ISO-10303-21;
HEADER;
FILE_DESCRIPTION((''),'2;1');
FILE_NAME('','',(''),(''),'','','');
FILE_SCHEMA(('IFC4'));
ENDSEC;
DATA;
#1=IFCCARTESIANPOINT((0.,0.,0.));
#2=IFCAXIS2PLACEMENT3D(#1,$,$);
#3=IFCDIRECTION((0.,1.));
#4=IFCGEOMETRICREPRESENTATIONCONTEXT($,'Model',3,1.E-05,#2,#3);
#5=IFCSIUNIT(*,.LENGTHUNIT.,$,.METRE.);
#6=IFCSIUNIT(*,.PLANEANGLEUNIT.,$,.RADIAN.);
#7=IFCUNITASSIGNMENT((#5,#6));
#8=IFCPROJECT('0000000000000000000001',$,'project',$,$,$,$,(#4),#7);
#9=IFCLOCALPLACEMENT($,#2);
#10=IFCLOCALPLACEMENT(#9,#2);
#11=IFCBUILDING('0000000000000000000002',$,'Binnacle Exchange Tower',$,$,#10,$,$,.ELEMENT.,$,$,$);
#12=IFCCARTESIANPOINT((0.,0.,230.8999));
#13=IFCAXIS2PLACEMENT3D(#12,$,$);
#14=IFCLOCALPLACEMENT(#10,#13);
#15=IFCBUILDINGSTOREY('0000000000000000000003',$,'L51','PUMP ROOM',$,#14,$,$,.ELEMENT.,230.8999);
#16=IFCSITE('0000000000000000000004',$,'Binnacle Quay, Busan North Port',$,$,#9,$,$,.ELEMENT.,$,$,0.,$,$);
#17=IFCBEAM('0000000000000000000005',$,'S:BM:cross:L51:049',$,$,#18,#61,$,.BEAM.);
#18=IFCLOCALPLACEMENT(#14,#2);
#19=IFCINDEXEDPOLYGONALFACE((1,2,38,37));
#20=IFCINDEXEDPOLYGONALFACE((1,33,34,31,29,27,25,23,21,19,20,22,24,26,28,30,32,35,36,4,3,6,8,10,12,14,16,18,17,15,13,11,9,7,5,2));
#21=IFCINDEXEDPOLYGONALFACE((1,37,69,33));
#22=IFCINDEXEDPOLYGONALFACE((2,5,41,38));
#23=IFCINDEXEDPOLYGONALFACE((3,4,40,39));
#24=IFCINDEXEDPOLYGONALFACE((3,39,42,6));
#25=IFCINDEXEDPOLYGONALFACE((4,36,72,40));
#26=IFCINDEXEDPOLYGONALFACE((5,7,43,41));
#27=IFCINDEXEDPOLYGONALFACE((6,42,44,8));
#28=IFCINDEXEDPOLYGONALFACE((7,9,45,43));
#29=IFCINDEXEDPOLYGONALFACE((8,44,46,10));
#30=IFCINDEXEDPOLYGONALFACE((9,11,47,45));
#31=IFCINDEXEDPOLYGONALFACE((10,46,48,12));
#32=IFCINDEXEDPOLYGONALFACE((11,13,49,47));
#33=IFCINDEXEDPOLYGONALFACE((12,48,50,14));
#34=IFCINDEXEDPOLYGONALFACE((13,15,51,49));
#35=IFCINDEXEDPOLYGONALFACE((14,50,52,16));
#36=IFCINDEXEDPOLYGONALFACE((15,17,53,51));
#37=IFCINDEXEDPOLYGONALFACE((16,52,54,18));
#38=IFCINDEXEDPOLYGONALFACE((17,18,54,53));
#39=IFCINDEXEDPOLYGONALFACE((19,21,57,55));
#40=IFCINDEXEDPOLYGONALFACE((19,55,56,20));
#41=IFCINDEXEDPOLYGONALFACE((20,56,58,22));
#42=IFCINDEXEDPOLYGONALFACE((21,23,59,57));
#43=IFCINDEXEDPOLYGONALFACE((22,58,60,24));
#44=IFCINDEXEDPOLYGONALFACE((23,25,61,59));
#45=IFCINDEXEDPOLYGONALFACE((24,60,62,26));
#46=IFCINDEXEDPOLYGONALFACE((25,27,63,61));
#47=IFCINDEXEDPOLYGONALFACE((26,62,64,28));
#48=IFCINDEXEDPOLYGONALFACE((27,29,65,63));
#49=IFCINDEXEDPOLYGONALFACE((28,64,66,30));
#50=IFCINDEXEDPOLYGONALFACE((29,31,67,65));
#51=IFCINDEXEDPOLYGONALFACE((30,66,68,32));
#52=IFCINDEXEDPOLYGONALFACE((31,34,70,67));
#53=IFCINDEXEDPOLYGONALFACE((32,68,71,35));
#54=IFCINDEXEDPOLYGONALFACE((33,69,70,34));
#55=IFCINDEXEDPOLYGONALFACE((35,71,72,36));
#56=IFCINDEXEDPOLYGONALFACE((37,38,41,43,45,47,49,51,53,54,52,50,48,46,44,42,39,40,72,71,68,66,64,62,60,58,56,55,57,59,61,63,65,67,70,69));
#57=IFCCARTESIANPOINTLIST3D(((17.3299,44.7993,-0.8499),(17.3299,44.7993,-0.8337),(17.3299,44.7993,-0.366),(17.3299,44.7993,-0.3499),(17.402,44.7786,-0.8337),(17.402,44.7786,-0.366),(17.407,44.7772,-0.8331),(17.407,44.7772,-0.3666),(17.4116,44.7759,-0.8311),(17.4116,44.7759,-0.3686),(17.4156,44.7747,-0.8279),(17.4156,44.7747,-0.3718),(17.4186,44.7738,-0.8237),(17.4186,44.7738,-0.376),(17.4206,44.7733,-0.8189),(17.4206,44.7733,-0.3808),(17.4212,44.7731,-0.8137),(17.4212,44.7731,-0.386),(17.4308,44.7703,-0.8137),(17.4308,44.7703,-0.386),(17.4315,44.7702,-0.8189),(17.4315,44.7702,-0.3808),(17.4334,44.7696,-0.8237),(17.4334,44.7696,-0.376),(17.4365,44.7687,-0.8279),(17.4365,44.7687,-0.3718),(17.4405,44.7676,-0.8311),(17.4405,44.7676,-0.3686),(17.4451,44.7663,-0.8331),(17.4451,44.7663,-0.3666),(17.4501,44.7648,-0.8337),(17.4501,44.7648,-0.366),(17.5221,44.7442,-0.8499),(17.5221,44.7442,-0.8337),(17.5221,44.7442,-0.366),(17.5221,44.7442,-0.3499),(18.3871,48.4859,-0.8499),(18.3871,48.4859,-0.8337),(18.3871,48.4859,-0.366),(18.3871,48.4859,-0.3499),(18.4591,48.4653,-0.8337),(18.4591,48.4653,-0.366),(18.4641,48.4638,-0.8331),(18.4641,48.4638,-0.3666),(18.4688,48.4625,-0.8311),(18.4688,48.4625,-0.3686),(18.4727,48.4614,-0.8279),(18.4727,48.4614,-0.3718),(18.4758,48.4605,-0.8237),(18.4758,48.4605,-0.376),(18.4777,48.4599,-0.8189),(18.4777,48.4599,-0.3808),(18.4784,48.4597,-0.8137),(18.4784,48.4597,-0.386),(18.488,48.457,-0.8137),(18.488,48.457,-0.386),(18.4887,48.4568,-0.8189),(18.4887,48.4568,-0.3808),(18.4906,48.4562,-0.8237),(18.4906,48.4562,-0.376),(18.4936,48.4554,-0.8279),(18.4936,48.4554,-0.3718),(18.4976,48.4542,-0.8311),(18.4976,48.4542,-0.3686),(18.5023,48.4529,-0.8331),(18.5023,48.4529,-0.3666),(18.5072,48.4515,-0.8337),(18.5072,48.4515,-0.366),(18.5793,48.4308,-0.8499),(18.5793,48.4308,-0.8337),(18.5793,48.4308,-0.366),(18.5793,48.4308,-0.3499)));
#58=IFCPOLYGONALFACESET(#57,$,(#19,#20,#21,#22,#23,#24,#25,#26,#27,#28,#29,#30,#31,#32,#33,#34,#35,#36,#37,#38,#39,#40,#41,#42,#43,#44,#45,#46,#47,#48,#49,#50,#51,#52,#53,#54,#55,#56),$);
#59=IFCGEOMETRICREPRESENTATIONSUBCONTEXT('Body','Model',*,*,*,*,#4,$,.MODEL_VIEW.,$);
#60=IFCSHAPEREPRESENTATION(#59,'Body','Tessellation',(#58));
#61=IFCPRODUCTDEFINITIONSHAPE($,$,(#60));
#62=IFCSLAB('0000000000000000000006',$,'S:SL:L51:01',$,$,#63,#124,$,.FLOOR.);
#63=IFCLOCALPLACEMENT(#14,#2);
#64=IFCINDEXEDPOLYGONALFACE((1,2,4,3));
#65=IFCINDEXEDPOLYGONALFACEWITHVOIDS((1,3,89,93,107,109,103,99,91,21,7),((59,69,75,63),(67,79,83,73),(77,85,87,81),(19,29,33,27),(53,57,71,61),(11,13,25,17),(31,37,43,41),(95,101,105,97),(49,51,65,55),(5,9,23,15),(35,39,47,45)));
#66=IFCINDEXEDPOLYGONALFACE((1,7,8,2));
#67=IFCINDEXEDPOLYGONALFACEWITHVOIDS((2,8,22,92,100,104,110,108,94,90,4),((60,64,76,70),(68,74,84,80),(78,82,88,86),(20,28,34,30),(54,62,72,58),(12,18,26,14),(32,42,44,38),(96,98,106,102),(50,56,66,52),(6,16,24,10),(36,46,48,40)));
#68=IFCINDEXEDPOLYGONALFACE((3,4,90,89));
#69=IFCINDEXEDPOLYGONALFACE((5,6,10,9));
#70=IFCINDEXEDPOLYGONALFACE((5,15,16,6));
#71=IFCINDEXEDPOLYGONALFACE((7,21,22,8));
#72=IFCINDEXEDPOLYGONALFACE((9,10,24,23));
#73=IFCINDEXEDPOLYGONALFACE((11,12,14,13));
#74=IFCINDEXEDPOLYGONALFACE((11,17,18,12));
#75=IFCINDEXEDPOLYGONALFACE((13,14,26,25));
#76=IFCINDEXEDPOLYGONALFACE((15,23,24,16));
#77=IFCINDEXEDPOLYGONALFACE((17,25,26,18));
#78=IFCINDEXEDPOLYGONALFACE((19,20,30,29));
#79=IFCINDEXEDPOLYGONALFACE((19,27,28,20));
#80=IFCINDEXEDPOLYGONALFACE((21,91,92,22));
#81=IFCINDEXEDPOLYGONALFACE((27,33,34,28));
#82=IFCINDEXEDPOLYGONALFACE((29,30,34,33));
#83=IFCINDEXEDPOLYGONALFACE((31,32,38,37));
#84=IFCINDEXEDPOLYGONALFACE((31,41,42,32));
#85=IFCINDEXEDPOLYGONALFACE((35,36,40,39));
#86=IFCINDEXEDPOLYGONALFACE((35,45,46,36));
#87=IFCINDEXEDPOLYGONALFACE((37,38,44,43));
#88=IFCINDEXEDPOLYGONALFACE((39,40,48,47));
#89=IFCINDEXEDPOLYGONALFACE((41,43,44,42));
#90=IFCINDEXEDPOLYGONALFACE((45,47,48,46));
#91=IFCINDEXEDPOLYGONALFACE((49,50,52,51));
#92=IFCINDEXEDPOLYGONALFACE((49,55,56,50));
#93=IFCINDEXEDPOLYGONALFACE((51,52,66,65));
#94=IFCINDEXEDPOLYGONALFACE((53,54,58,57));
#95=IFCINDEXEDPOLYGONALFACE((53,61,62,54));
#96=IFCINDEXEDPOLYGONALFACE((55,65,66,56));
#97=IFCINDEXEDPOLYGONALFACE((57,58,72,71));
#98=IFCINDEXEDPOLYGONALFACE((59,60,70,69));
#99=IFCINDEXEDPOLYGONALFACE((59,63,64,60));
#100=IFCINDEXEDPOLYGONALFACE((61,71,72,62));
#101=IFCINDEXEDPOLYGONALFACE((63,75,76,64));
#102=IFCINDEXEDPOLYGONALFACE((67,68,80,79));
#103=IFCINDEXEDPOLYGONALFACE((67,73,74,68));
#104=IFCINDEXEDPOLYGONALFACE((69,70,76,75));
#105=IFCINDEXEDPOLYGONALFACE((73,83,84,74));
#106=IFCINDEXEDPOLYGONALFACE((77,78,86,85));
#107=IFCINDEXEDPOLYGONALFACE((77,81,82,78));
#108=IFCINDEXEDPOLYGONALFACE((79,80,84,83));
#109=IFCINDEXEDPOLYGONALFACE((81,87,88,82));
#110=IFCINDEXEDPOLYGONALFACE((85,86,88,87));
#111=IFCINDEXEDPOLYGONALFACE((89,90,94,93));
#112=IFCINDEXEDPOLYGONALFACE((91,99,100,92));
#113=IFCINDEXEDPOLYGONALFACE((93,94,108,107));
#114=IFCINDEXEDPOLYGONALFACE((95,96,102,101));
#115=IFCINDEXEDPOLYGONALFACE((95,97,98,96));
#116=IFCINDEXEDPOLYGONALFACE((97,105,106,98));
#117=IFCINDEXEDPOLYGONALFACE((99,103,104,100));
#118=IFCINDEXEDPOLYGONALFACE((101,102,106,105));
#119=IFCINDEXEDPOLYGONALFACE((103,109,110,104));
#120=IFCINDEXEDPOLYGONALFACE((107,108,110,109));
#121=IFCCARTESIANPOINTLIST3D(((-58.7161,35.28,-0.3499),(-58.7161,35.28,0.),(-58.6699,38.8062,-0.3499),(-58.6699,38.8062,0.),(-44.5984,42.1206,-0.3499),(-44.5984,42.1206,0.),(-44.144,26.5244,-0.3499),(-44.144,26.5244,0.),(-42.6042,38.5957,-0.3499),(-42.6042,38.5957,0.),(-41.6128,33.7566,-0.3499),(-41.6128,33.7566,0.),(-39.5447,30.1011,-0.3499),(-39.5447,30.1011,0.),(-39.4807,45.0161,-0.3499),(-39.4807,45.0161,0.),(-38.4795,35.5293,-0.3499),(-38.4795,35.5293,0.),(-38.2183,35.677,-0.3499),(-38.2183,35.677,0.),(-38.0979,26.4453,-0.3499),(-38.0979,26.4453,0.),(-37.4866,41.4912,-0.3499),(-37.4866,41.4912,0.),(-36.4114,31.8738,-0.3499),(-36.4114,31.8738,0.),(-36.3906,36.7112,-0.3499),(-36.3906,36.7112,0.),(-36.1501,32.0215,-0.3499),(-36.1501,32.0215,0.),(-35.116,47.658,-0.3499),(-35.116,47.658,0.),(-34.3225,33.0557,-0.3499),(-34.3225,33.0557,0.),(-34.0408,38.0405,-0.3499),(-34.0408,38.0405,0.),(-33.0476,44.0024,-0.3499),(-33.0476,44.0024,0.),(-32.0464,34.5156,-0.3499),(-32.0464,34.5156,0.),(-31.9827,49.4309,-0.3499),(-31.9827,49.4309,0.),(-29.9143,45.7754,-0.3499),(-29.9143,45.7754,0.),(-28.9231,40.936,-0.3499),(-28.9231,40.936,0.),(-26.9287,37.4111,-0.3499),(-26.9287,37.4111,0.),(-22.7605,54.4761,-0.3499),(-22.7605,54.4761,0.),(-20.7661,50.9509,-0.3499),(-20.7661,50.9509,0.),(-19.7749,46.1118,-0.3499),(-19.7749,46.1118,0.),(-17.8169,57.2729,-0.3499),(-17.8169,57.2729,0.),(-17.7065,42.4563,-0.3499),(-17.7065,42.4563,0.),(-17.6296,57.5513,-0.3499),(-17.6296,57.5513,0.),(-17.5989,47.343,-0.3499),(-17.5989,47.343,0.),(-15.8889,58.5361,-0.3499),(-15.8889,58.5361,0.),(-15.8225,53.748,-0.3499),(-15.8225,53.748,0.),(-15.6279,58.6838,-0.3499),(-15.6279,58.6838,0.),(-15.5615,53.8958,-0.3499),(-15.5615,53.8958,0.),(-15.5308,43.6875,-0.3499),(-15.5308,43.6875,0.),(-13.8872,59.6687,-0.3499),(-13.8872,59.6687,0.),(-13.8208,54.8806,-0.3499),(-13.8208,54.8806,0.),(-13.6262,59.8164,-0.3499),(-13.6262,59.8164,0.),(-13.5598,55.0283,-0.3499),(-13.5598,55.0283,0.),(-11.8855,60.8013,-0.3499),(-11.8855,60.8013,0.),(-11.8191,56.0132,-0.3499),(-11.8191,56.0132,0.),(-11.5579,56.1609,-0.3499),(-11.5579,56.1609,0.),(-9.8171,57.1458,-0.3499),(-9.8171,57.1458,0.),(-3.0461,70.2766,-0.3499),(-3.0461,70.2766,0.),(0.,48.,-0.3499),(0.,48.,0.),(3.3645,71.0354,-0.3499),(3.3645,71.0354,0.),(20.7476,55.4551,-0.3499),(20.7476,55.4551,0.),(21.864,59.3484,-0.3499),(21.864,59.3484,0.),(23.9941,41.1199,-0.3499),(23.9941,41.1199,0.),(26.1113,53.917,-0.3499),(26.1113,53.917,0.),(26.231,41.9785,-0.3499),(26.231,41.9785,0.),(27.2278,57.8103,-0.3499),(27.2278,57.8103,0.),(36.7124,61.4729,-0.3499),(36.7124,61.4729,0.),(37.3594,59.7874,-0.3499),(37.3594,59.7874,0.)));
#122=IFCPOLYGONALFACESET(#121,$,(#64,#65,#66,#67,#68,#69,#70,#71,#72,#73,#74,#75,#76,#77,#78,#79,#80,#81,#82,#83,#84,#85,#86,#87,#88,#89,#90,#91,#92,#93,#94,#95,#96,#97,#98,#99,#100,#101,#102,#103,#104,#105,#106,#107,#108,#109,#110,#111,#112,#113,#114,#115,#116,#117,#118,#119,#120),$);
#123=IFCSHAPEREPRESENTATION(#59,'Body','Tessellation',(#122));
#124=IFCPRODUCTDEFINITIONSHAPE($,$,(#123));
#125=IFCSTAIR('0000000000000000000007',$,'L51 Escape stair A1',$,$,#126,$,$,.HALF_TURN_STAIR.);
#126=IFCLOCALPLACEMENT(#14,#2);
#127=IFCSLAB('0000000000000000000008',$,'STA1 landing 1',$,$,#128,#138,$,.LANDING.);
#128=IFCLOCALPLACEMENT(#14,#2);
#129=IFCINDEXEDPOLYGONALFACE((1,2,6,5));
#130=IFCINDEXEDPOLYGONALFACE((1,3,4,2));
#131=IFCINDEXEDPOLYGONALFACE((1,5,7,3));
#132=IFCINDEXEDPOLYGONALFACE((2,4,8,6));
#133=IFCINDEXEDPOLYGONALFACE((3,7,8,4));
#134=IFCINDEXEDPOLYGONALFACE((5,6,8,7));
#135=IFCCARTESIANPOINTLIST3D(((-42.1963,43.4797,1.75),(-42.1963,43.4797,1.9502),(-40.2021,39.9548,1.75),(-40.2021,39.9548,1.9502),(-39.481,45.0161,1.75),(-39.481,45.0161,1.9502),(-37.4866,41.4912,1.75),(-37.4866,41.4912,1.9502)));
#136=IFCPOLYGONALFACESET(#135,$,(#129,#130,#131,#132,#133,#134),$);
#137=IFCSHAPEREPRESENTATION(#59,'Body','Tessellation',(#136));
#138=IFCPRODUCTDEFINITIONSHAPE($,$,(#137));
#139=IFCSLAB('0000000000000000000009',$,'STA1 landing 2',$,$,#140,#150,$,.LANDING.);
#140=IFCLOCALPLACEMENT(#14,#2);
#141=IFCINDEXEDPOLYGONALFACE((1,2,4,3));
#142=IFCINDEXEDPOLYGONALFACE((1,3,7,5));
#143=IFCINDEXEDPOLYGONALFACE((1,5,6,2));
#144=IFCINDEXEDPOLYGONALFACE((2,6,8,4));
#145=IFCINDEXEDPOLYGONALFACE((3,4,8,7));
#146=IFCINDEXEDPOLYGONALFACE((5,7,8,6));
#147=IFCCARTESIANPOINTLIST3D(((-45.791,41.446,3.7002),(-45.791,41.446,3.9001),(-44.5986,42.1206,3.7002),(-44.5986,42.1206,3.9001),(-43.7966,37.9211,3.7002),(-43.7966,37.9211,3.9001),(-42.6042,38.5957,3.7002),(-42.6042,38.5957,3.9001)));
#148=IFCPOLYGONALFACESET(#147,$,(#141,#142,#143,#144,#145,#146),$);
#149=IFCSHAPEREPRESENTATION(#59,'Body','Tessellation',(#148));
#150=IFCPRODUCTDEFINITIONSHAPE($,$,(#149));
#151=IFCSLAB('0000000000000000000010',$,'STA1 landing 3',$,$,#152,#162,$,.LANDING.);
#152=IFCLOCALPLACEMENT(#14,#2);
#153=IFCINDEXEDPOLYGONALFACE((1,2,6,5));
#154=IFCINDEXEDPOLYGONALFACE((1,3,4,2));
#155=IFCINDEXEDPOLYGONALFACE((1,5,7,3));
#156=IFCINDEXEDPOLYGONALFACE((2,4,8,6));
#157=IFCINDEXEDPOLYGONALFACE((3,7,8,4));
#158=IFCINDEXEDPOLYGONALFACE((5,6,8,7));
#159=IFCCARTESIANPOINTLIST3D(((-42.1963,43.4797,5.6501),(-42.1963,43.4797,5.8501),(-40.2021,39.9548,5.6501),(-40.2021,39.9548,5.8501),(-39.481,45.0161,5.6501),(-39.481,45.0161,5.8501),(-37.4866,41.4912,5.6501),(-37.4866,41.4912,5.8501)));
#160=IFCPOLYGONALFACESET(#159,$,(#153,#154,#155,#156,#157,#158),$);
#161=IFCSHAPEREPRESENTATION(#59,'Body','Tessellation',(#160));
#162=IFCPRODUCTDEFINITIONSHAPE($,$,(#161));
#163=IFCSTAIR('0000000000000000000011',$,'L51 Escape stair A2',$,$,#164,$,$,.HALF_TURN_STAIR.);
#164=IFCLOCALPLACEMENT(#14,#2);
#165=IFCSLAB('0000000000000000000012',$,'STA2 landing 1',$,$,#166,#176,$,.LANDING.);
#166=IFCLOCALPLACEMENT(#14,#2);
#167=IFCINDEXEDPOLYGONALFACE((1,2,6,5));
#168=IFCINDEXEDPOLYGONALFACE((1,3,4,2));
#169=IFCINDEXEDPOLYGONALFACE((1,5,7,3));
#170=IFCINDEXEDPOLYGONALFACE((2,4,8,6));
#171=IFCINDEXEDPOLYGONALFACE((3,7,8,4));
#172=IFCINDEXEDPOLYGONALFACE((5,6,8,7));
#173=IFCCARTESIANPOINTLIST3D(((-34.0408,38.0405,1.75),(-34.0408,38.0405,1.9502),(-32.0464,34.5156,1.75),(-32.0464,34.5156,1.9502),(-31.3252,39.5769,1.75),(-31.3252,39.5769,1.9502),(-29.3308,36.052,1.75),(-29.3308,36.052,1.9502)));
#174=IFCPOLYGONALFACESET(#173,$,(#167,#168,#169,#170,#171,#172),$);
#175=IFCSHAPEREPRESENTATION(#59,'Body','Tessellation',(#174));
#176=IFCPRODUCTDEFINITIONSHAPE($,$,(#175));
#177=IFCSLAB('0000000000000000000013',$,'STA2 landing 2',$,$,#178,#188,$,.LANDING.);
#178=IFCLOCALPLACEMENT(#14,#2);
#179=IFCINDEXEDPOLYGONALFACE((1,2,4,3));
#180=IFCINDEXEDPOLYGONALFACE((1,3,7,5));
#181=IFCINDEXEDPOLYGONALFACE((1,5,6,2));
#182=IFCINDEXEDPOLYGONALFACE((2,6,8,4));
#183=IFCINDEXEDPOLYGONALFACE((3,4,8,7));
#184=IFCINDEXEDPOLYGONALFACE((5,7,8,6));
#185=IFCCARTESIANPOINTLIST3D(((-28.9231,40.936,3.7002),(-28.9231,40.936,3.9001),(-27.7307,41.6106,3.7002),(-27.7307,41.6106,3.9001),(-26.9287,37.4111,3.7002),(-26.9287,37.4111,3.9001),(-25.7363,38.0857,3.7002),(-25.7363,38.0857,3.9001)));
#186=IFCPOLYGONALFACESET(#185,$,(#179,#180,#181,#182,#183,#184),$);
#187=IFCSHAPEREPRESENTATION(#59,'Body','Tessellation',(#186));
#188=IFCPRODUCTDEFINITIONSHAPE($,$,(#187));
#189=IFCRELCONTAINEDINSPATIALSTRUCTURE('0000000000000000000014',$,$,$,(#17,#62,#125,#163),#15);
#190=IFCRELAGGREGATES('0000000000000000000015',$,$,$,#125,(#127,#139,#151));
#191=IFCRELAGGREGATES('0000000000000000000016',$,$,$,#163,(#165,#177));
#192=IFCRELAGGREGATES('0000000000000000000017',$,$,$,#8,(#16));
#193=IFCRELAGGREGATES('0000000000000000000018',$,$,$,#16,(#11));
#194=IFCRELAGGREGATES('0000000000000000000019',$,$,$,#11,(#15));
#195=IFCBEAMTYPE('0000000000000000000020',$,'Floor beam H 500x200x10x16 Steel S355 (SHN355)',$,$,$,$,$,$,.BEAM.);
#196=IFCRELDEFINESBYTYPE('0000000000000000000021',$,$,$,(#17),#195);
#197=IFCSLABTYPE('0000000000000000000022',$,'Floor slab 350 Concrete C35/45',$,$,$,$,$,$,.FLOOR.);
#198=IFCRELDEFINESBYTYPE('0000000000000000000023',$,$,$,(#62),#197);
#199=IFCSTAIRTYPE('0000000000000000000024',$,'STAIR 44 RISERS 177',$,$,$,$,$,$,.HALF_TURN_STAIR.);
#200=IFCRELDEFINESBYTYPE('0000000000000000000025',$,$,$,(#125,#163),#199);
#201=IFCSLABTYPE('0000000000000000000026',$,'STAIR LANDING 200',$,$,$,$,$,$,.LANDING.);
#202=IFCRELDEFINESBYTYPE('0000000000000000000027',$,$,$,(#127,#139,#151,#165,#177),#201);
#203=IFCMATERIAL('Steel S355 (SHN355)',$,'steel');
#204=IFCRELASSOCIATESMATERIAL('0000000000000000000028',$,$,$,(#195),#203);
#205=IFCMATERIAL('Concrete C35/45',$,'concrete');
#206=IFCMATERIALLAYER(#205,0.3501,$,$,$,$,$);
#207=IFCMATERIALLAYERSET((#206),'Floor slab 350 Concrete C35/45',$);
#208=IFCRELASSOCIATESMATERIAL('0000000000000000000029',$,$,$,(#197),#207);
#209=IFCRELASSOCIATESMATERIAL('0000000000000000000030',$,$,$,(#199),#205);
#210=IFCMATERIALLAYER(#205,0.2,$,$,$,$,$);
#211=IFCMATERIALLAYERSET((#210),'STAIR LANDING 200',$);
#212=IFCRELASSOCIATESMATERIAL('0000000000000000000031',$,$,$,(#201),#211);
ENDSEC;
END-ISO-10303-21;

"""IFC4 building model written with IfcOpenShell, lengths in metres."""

from ifc_helpers import new_model, si_unit, direction, frame, origin, origin_2d, place, context, subcontext, project, spatial, polyline, i_section, outline, extrude, material, layer, layer_set, material_profile, profile_set, type_object, element, aggregate, save


model = new_model("IFC4")

# Units and contexts
model_context = context("Model", 3, precision=1e-05, world=origin(), true_north=direction((0.0, 1.0)))
body_context = subcontext(model_context, "Body", "Model", "MODEL_VIEW")
ifc_project = project(units=[si_unit("LENGTHUNIT", "METRE"), si_unit("PLANEANGLEUNIT", "RADIAN")], contexts=[model_context])

# Site, building, storey
site_placement = place(None, origin())
site = spatial("IfcSite", under=ifc_project, at=site_placement, Name="Binnacle Quay, Busan North Port", CompositionType="ELEMENT", RefElevation=0.0)
building_placement = place(site_placement, origin())
building = spatial("IfcBuilding", under=site, at=building_placement, Name="Binnacle Exchange Tower", CompositionType="ELEMENT")
storey_placement = place(building_placement, frame((0.0, 0.0, 230.8999)))
storey = spatial("IfcBuildingStorey", under=building, at=storey_placement, Name="L51", Description="PUMP ROOM", CompositionType="ELEMENT", Elevation=230.8999)

# Beam
ifc_material_1 = material(Name="Steel S355 (SHN355)", Category="steel")
ifc_material_profile_1 = material_profile(ifc_material_1, i_section(OverallWidth=0.2, OverallDepth=0.5, WebThickness=0.01, FlangeThickness=0.0161, FilletRadius=0.02, at=origin_2d()), Name="H 500x200x10x16")
ifc_profile_set_1 = profile_set([ifc_material_profile_1], Name="Steel S355 (SHN355)")
beam_type_1 = type_object("IfcBeamType", Name="Floor beam H 500x200x10x16 Steel S355 (SHN355)", PredefinedType="BEAM", material=ifc_profile_set_1)
beam_1_placement = place(storey_placement, frame((17.426, 44.7717, -0.5999), z_axis=(0.275646, 0.961259, 0.0), x_axis=(-0.961259, 0.275646, 0.0)))
element("IfcBeam", 1, at=beam_1_placement, inside=storey, type_object=beam_type_1, Name="S:BM:cross:L51:049", PredefinedType="BEAM", context=body_context, shape_type="SweptSolid", body=[
    extrude(i_section(OverallWidth=0.2, OverallDepth=0.5, WebThickness=0.01, FlangeThickness=0.0161, FilletRadius=0.02, at=origin_2d()), origin(), (0.0, 0.0, 1.0), 3.8352),
])

# Slab
ifc_material_2 = material(Name="Concrete C35/45", Category="concrete")
ifc_layer_1 = layer(ifc_material_2, 0.3501)
ifc_layer_set_1 = layer_set([ifc_layer_1], Name="Floor slab 350 Concrete C35/45")
slab_type_1 = type_object("IfcSlabType", Name="Floor slab 350 Concrete C35/45", PredefinedType="FLOOR", material=ifc_layer_set_1)
slab_1_placement = place(storey_placement, frame((0.0, 0.0, -0.3499)))
element("IfcSlab", 2, at=slab_1_placement, inside=storey, type_object=slab_type_1, Name="S:SL:L51:01", PredefinedType="FLOOR", context=body_context, shape_type="SweptSolid", body=[
    extrude(outline(polyline([(-58.7161, 35.28), (-58.6699, 38.8062), (-3.0461, 70.2766), (3.3645, 71.0354), (36.7124, 61.4729), (37.3594, 59.7874), (26.231, 41.9785), (23.9941, 41.1199), (0.0, 48.0), (-38.0979, 26.4453), (-44.144, 26.5244), (-58.7161, 35.28)]), holes=[polyline([(-38.4795, 35.5293), (-41.6128, 33.7566), (-39.5447, 30.1011), (-36.4114, 31.8738), (-38.4795, 35.5293)]), polyline([(-36.3906, 36.7112), (-38.2183, 35.677), (-36.1501, 32.0215), (-34.3225, 33.0557), (-36.3906, 36.7112)]), polyline([(-32.0464, 34.5156), (-26.9287, 37.4111), (-28.9231, 40.936), (-34.0408, 38.0405), (-32.0464, 34.5156)]), polyline([(-37.4866, 41.4912), (-39.4807, 45.0161), (-44.5984, 42.1206), (-42.6042, 38.5957), (-37.4866, 41.4912)]), polyline([(-29.9143, 45.7754), (-31.9827, 49.4309), (-35.116, 47.658), (-33.0476, 44.0024), (-29.9143, 45.7754)]), polyline([(-17.8169, 57.2729), (-22.7605, 54.4761), (-20.7661, 50.9509), (-15.8225, 53.748), (-17.8169, 57.2729)]), polyline([(-15.5308, 43.6875), (-17.5989, 47.343), (-19.7749, 46.1118), (-17.7065, 42.4563), (-15.5308, 43.6875)]), polyline([(-13.8208, 54.8806), (-15.8889, 58.5361), (-17.6296, 57.5513), (-15.5615, 53.8958), (-13.8208, 54.8806)]), polyline([(27.2278, 57.8103), (21.864, 59.3484), (20.7476, 55.4551), (26.1113, 53.917), (27.2278, 57.8103)]), polyline([(-11.8191, 56.0132), (-13.8872, 59.6687), (-15.6279, 58.6838), (-13.5598, 55.0283), (-11.8191, 56.0132)]), polyline([(-9.8171, 57.1458), (-11.8855, 60.8013), (-13.6262, 59.8164), (-11.5579, 56.1609), (-9.8171, 57.1458)])]), origin(), (0.0, 0.0, 1.0), 0.3499),
])

# Stairs, slabs
stair_type = type_object("IfcStairType", Name="STAIR 44 RISERS 177", PredefinedType="HALF_TURN_STAIR", material=ifc_material_2)
stair_1_placement = place(storey_placement, origin())
stair_1 = element("IfcStair", 3, at=stair_1_placement, inside=storey, type_object=stair_type, Name="L51 Escape stair A1", PredefinedType="HALF_TURN_STAIR")
ifc_layer_2 = layer(ifc_material_2, 0.2)
ifc_layer_set_2 = layer_set([ifc_layer_2], Name="STAIR LANDING 200")
slab_type_2 = type_object("IfcSlabType", Name="STAIR LANDING 200", PredefinedType="LANDING", material=ifc_layer_set_2)
slab_2_placement = place(storey_placement, frame((0.0, 0.0, 1.75)))
slab_2 = element("IfcSlab", 4, at=slab_2_placement, type_object=slab_type_2, Name="STA1 landing 1", PredefinedType="LANDING", context=body_context, shape_type="SweptSolid", body=[
    extrude(outline(polyline([(-40.2021, 39.9548), (-37.4866, 41.4912), (-39.481, 45.0161), (-42.1963, 43.4797), (-40.2021, 39.9548)])), origin(), (0.0, 0.0, 1.0), 0.2002),
])
slab_3_placement = place(storey_placement, frame((0.0, 0.0, 3.7002)))
slab_3 = element("IfcSlab", 5, at=slab_3_placement, type_object=slab_type_2, Name="STA1 landing 2", PredefinedType="LANDING", context=body_context, shape_type="SweptSolid", body=[
    extrude(outline(polyline([(-43.7966, 37.9211), (-42.6042, 38.5957), (-44.5986, 42.1206), (-45.791, 41.446), (-43.7966, 37.9211)])), origin(), (0.0, 0.0, 1.0), 0.2),
])
slab_4_placement = place(storey_placement, frame((0.0, 0.0, 5.6501)))
slab_4 = element("IfcSlab", 6, at=slab_4_placement, type_object=slab_type_2, Name="STA1 landing 3", PredefinedType="LANDING", context=body_context, shape_type="SweptSolid", body=[
    extrude(outline(polyline([(-40.2021, 39.9548), (-37.4866, 41.4912), (-39.481, 45.0161), (-42.1963, 43.4797), (-40.2021, 39.9548)])), origin(), (0.0, 0.0, 1.0), 0.2),
])
aggregate(stair_1, [slab_2, slab_3, slab_4])
stair_2_placement = place(storey_placement, origin())
stair_2 = element("IfcStair", 7, at=stair_2_placement, inside=storey, type_object=stair_type, Name="L51 Escape stair A2", PredefinedType="HALF_TURN_STAIR")
slab_5_placement = place(storey_placement, frame((0.0, 0.0, 1.75)))
slab_5 = element("IfcSlab", 8, at=slab_5_placement, type_object=slab_type_2, Name="STA2 landing 1", PredefinedType="LANDING", context=body_context, shape_type="SweptSolid", body=[
    extrude(outline(polyline([(-31.3252, 39.5769), (-34.0408, 38.0405), (-32.0464, 34.5156), (-29.3308, 36.052), (-31.3252, 39.5769)])), origin(), (0.0, 0.0, 1.0), 0.2002),
])
slab_6_placement = place(storey_placement, frame((0.0, 0.0, 3.7002)))
slab_6 = element("IfcSlab", 9, at=slab_6_placement, type_object=slab_type_2, Name="STA2 landing 2", PredefinedType="LANDING", context=body_context, shape_type="SweptSolid", body=[
    extrude(outline(polyline([(-27.7307, 41.6106), (-28.9231, 40.936), (-26.9287, 37.4111), (-25.7363, 38.0857), (-27.7307, 41.6106)])), origin(), (0.0, 0.0, 1.0), 0.2),
])
aggregate(stair_2, [slab_5, slab_6])

save(model, "model.ifc")
